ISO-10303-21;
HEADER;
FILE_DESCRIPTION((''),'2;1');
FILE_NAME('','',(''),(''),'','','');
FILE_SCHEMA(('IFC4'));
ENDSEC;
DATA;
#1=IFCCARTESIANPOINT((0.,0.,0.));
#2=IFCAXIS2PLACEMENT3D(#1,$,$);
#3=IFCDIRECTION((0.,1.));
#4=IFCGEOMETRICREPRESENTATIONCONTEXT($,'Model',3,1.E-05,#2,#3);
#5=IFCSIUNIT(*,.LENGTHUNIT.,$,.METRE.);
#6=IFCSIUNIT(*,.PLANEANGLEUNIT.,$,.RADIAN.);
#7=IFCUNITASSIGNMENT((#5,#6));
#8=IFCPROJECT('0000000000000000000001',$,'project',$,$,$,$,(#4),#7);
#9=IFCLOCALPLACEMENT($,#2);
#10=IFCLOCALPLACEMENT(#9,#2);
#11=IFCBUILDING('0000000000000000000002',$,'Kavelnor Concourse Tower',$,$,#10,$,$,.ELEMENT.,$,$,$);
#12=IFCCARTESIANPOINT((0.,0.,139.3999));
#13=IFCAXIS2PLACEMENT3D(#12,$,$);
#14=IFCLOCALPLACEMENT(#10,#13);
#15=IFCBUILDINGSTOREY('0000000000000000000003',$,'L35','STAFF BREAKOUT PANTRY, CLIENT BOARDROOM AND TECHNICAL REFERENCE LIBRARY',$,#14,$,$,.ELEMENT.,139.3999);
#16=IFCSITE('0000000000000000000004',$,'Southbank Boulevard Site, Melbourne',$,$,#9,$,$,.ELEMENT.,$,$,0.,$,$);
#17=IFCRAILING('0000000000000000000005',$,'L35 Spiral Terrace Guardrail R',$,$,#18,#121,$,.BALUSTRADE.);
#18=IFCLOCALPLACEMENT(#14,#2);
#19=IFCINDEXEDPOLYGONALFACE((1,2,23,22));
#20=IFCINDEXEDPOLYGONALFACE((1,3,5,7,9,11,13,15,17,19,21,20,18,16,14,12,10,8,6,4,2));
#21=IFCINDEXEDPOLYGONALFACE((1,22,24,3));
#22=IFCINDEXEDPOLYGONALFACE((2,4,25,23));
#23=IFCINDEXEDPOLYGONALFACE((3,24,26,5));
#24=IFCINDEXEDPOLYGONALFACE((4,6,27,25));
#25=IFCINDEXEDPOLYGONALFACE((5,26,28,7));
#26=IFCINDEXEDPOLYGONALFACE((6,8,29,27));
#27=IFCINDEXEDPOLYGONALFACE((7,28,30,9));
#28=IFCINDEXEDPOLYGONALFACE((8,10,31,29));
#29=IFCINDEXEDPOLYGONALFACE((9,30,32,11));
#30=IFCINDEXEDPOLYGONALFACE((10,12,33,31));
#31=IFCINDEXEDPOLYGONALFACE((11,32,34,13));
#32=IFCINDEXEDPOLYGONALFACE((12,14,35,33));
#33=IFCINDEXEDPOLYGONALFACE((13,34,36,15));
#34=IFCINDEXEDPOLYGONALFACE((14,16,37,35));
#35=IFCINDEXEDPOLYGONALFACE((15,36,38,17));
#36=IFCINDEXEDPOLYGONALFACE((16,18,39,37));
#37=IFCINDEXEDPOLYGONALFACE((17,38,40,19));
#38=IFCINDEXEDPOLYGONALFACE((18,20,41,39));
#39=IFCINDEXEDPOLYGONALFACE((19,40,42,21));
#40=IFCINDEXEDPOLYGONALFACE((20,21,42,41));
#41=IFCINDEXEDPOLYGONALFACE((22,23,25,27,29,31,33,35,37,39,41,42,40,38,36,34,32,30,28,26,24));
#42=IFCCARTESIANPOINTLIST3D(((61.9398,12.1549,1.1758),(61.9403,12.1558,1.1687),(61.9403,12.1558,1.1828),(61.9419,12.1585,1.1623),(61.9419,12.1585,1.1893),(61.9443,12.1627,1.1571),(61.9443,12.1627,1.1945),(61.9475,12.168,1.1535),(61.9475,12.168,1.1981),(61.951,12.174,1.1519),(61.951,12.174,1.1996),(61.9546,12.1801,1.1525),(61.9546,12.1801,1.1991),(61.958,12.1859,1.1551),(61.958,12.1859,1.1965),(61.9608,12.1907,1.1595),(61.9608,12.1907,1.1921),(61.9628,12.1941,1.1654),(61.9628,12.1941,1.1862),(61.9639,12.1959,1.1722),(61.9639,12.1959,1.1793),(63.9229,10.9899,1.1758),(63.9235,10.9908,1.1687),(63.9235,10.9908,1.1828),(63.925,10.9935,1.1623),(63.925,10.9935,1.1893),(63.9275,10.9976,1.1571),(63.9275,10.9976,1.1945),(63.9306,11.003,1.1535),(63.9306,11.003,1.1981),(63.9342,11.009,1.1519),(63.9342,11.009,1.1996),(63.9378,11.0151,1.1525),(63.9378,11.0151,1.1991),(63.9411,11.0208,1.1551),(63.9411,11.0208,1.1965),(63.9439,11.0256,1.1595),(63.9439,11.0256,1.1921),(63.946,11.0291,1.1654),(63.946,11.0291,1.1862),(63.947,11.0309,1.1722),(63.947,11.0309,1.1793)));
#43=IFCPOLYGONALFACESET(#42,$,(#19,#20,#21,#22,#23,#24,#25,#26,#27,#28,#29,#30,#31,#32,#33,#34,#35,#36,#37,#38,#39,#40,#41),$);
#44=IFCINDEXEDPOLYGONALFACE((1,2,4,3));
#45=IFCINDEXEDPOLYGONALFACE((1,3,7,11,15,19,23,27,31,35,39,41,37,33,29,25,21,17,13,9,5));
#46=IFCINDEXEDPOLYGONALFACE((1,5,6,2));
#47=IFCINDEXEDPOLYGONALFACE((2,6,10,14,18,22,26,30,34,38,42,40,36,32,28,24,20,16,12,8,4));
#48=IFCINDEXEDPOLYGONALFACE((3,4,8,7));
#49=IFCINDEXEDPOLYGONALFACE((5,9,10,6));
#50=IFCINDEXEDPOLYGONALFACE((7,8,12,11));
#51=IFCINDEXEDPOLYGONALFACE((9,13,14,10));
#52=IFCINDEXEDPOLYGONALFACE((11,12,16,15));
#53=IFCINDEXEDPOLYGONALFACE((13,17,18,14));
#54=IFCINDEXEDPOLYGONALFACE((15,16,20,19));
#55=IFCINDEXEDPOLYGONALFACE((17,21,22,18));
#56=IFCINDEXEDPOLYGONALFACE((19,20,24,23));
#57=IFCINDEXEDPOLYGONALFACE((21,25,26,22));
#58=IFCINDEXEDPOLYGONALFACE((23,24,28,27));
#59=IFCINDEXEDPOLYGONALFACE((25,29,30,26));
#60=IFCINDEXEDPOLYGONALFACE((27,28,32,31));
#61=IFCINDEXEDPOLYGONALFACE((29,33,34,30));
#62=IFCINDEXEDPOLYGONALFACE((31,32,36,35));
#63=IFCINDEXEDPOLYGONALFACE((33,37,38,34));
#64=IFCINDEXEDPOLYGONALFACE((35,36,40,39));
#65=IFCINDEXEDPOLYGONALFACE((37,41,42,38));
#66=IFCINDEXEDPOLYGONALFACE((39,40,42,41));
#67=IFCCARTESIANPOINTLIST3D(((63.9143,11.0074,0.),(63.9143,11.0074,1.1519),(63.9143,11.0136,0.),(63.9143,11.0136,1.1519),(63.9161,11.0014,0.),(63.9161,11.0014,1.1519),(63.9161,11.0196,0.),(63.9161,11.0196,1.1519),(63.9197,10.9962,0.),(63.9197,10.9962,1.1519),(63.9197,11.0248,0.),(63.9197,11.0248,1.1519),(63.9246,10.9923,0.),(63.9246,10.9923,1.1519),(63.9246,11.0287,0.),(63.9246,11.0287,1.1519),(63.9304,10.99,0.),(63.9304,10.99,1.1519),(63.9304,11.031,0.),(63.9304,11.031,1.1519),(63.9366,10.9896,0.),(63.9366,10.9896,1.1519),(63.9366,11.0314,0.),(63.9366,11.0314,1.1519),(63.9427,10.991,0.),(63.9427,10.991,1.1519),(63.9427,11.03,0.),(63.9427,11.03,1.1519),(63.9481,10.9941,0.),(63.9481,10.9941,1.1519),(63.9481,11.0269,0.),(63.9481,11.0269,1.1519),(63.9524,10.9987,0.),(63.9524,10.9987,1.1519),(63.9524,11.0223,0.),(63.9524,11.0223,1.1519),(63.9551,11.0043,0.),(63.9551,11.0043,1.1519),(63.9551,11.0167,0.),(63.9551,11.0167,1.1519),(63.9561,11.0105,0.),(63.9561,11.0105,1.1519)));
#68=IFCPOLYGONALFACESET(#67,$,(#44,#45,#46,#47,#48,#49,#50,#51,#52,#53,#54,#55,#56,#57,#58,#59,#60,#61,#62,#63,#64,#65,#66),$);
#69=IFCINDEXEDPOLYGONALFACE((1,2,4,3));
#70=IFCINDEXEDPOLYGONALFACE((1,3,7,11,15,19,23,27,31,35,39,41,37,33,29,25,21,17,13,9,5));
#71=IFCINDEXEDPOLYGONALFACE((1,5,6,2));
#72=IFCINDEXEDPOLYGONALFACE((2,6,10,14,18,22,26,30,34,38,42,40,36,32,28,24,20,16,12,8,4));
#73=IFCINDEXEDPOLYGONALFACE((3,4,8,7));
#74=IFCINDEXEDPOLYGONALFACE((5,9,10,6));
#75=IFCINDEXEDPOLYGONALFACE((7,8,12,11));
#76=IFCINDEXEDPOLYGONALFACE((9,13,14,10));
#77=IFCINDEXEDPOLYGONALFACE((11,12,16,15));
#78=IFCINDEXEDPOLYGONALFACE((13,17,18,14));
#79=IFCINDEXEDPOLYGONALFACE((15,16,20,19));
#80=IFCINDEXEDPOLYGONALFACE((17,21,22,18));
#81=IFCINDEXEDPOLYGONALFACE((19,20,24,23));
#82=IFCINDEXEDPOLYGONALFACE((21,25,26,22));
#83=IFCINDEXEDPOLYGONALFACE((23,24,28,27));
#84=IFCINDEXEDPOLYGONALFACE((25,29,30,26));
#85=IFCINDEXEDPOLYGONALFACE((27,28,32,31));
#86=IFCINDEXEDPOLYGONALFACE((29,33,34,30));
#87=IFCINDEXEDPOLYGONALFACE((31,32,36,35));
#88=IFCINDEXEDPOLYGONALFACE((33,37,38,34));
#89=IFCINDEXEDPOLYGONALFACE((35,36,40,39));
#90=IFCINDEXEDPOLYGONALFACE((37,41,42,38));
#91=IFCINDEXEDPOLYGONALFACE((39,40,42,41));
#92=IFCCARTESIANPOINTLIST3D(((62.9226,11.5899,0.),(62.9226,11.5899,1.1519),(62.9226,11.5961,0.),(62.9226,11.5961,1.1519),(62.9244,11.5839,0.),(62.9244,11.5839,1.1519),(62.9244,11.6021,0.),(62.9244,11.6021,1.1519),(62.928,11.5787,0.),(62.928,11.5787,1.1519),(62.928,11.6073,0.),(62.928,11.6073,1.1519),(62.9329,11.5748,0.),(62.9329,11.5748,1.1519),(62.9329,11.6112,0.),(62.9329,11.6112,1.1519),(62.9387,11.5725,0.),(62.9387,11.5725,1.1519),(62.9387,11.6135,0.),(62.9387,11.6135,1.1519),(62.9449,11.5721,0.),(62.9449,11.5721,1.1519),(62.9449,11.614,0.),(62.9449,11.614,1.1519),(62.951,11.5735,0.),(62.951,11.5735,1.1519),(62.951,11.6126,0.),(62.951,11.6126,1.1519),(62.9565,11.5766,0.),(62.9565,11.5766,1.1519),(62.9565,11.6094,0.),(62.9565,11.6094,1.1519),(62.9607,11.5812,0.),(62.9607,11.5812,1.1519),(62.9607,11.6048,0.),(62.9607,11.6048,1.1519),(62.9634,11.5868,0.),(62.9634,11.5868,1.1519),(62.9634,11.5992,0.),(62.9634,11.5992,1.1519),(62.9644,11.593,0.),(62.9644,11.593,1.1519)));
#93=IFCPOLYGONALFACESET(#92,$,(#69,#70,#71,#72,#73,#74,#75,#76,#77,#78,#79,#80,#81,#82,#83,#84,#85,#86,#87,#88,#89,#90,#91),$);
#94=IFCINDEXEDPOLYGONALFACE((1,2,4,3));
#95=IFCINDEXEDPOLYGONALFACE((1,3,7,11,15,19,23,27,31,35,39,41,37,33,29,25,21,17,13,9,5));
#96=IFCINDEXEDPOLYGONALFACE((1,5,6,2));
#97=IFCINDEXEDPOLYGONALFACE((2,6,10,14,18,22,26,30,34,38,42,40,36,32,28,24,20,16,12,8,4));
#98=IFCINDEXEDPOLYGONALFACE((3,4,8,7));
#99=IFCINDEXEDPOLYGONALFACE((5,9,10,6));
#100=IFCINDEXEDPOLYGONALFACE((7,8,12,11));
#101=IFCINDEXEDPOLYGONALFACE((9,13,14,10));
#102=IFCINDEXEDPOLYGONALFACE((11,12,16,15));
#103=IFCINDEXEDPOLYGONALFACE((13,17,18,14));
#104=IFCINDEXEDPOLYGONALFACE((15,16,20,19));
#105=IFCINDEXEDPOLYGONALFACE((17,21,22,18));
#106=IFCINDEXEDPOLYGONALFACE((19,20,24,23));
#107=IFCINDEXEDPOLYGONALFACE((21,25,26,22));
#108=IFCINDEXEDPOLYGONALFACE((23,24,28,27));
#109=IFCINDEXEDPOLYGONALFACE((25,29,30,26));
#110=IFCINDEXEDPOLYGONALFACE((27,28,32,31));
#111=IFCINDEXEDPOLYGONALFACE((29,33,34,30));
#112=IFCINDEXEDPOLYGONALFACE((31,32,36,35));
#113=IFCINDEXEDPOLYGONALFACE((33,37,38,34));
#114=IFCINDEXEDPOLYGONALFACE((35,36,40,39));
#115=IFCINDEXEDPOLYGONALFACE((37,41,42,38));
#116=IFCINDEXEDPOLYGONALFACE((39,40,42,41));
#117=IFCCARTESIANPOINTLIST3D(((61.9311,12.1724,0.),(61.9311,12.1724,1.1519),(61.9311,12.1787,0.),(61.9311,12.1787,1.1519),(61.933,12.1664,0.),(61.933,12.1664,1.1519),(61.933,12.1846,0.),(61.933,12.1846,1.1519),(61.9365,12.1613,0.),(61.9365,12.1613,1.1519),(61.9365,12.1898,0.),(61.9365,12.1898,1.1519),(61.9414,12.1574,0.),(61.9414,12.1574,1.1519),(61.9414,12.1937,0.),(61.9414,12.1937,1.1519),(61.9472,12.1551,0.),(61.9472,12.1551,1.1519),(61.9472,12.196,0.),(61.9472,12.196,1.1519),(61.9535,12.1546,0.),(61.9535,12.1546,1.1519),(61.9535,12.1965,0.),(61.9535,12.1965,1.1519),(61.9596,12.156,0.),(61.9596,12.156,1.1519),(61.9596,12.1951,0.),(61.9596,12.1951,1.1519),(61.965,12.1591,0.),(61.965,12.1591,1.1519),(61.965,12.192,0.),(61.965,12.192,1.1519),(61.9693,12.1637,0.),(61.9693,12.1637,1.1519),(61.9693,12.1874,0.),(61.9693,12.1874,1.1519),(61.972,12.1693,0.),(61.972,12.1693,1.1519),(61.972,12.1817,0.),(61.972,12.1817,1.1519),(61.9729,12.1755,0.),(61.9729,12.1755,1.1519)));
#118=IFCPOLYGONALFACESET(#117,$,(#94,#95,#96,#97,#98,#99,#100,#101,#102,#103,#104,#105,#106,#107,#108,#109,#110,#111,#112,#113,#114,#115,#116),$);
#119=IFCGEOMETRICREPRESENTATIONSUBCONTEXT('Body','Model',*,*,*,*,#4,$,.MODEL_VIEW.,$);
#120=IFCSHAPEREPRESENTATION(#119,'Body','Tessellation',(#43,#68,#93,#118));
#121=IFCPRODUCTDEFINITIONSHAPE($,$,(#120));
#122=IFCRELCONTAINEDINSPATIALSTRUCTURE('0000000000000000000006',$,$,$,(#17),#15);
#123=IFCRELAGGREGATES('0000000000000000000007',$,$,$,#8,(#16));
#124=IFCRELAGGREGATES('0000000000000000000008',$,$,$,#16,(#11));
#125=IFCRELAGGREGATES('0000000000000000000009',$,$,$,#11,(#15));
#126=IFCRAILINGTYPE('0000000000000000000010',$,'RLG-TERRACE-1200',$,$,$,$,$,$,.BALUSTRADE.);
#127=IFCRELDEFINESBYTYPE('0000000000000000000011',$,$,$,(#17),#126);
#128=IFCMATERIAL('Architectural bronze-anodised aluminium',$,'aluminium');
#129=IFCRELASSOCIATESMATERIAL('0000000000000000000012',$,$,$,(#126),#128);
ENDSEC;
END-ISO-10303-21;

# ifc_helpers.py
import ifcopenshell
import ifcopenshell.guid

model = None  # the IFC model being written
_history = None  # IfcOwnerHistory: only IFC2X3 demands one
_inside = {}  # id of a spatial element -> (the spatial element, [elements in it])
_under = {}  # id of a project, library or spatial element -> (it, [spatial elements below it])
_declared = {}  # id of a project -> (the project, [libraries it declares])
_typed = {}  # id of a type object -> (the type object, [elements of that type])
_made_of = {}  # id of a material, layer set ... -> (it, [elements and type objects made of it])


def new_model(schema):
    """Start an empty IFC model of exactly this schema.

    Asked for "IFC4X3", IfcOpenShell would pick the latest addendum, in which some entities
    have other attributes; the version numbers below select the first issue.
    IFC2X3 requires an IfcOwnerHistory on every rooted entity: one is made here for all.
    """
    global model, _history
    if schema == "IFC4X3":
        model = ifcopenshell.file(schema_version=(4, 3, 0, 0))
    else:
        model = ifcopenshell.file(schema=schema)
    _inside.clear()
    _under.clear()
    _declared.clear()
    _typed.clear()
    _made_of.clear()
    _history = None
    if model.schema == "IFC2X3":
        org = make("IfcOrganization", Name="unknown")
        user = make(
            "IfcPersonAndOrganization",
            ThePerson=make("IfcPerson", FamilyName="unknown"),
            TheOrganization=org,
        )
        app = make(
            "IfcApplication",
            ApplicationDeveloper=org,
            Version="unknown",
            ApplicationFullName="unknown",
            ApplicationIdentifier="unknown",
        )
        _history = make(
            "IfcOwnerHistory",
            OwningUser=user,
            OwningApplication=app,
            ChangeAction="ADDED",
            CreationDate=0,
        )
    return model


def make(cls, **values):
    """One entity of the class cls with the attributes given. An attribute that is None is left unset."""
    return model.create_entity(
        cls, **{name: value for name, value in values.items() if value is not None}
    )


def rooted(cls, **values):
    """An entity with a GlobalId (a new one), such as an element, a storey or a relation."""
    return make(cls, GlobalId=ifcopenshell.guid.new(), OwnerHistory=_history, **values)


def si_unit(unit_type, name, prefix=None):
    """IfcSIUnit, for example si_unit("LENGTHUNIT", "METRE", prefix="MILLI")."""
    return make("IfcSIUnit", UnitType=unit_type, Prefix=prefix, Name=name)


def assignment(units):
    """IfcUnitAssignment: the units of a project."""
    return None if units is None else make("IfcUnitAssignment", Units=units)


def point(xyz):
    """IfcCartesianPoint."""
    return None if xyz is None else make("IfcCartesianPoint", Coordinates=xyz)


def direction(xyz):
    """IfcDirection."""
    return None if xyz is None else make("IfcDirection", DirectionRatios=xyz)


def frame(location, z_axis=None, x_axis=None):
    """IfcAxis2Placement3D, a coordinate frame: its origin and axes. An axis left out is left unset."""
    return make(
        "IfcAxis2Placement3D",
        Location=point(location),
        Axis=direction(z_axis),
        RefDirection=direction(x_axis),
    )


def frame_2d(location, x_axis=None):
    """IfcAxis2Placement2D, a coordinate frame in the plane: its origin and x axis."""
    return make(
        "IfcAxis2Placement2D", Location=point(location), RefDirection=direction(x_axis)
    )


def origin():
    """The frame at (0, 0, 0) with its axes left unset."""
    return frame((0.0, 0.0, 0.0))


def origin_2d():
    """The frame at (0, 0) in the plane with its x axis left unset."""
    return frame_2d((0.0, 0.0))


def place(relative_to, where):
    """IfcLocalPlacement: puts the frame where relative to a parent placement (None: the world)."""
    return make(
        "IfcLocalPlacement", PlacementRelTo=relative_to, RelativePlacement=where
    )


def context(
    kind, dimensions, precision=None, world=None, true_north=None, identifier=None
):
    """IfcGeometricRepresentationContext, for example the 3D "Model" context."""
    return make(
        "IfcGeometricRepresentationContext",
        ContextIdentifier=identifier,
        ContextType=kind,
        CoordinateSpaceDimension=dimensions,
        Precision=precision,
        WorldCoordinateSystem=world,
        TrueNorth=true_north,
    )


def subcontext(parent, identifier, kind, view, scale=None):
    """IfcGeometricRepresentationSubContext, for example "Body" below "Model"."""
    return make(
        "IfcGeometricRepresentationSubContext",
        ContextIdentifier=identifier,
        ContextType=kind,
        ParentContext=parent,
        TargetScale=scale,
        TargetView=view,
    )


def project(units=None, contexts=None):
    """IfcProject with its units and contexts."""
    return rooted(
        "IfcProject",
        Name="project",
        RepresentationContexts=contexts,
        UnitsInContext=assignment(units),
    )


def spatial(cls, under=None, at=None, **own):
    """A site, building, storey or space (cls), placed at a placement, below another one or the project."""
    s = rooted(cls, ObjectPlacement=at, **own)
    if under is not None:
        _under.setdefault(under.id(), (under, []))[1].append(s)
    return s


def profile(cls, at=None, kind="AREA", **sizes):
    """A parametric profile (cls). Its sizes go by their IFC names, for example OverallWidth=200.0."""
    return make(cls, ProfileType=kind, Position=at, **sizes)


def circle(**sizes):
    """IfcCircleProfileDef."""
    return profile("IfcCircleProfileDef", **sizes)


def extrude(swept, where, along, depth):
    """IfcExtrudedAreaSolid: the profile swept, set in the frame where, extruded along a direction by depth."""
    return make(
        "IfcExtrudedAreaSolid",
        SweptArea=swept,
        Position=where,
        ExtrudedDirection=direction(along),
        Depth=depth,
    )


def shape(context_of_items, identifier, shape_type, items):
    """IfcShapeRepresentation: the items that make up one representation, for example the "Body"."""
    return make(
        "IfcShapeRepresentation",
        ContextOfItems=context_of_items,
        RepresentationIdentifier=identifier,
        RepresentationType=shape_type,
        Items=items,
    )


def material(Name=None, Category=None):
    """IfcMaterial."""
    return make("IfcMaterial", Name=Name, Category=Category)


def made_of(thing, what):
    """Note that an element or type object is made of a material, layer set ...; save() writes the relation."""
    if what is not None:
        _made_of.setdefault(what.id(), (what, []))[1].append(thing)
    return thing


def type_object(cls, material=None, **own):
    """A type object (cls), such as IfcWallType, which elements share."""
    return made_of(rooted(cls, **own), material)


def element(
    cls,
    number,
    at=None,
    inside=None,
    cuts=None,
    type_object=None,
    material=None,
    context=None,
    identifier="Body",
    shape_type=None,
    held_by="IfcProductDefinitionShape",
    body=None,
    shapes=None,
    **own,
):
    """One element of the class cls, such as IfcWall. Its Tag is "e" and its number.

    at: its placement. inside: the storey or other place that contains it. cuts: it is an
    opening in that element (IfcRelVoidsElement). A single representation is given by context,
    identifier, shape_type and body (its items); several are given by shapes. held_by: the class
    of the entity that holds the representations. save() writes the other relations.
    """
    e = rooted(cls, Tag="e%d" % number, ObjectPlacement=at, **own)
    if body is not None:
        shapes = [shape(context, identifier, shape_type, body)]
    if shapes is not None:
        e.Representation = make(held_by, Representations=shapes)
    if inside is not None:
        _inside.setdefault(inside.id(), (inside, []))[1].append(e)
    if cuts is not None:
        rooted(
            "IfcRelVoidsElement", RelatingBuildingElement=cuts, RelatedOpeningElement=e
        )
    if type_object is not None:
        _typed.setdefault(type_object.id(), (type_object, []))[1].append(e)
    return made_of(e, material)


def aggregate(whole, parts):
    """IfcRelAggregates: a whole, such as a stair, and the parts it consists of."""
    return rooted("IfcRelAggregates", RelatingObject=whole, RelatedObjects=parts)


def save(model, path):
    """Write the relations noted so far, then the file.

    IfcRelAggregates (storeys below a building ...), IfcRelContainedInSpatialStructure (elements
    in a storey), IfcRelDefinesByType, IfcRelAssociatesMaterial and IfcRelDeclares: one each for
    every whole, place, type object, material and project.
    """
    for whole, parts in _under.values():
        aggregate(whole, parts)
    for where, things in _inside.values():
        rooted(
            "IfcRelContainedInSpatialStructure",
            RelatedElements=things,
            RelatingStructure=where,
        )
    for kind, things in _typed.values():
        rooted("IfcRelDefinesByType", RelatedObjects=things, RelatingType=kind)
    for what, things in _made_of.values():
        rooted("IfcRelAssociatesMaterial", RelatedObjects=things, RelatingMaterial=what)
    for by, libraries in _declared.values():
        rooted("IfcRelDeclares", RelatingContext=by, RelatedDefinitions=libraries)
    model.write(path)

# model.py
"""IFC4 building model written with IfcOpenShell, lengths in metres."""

from ifc_helpers import new_model, si_unit, direction, frame, origin, origin_2d, place, context, subcontext, project, spatial, circle, extrude, material, type_object, element, save


model = new_model("IFC4")

# Units and contexts
model_context = context("Model", 3, precision=1e-05, world=origin(), true_north=direction((0.0, 1.0)))
body_context = subcontext(model_context, "Body", "Model", "MODEL_VIEW")
ifc_project = project(units=[si_unit("LENGTHUNIT", "METRE"), si_unit("PLANEANGLEUNIT", "RADIAN")], contexts=[model_context])

# Site, building, storey
site_placement = place(None, origin())
site = spatial("IfcSite", under=ifc_project, at=site_placement, Name="Southbank Boulevard Site, Melbourne", CompositionType="ELEMENT", RefElevation=0.0)
building_placement = place(site_placement, origin())
building = spatial("IfcBuilding", under=site, at=building_placement, Name="Kavelnor Concourse Tower", CompositionType="ELEMENT")
storey_placement = place(building_placement, frame((0.0, 0.0, 139.3999)))
storey = spatial("IfcBuildingStorey", under=building, at=storey_placement, Name="L35", Description="STAFF BREAKOUT PANTRY, CLIENT BOARDROOM AND TECHNICAL REFERENCE LIBRARY", CompositionType="ELEMENT", Elevation=139.3999)

# Railing
ifc_material_1 = material(Name="Architectural bronze-anodised aluminium", Category="aluminium")
railing_type = type_object("IfcRailingType", Name="RLG-TERRACE-1200", PredefinedType="BALUSTRADE", material=ifc_material_1)
railing_1_placement = place(storey_placement, frame((63.9351, 11.0105, 0.0)))
element("IfcRailing", 1, at=railing_1_placement, inside=storey, type_object=railing_type, Name="L35 Spiral Terrace Guardrail R", PredefinedType="BALUSTRADE", context=body_context, shape_type="SweptSolid", body=[
    extrude(circle(Radius=0.0239, at=origin_2d()), frame((0.0, 0.0, 1.1758), z_axis=(-0.862223, 0.506528, 0.0), x_axis=(-0.506528, -0.862223, 0.0)), (0.0, 0.0, 1.0), 2.3),
    extrude(circle(Radius=0.021, at=origin_2d()), origin(), (0.0, 0.0, 1.0), 1.1519),
    extrude(circle(Radius=0.021, at=origin_2d()), frame((-0.9917, 0.5825, 0.0)), (0.0, 0.0, 1.0), 1.1519),
    extrude(circle(Radius=0.021, at=origin_2d()), frame((-1.9832, 1.165, 0.0)), (0.0, 0.0, 1.0), 1.1519),
])

save(model, "model.ifc")
